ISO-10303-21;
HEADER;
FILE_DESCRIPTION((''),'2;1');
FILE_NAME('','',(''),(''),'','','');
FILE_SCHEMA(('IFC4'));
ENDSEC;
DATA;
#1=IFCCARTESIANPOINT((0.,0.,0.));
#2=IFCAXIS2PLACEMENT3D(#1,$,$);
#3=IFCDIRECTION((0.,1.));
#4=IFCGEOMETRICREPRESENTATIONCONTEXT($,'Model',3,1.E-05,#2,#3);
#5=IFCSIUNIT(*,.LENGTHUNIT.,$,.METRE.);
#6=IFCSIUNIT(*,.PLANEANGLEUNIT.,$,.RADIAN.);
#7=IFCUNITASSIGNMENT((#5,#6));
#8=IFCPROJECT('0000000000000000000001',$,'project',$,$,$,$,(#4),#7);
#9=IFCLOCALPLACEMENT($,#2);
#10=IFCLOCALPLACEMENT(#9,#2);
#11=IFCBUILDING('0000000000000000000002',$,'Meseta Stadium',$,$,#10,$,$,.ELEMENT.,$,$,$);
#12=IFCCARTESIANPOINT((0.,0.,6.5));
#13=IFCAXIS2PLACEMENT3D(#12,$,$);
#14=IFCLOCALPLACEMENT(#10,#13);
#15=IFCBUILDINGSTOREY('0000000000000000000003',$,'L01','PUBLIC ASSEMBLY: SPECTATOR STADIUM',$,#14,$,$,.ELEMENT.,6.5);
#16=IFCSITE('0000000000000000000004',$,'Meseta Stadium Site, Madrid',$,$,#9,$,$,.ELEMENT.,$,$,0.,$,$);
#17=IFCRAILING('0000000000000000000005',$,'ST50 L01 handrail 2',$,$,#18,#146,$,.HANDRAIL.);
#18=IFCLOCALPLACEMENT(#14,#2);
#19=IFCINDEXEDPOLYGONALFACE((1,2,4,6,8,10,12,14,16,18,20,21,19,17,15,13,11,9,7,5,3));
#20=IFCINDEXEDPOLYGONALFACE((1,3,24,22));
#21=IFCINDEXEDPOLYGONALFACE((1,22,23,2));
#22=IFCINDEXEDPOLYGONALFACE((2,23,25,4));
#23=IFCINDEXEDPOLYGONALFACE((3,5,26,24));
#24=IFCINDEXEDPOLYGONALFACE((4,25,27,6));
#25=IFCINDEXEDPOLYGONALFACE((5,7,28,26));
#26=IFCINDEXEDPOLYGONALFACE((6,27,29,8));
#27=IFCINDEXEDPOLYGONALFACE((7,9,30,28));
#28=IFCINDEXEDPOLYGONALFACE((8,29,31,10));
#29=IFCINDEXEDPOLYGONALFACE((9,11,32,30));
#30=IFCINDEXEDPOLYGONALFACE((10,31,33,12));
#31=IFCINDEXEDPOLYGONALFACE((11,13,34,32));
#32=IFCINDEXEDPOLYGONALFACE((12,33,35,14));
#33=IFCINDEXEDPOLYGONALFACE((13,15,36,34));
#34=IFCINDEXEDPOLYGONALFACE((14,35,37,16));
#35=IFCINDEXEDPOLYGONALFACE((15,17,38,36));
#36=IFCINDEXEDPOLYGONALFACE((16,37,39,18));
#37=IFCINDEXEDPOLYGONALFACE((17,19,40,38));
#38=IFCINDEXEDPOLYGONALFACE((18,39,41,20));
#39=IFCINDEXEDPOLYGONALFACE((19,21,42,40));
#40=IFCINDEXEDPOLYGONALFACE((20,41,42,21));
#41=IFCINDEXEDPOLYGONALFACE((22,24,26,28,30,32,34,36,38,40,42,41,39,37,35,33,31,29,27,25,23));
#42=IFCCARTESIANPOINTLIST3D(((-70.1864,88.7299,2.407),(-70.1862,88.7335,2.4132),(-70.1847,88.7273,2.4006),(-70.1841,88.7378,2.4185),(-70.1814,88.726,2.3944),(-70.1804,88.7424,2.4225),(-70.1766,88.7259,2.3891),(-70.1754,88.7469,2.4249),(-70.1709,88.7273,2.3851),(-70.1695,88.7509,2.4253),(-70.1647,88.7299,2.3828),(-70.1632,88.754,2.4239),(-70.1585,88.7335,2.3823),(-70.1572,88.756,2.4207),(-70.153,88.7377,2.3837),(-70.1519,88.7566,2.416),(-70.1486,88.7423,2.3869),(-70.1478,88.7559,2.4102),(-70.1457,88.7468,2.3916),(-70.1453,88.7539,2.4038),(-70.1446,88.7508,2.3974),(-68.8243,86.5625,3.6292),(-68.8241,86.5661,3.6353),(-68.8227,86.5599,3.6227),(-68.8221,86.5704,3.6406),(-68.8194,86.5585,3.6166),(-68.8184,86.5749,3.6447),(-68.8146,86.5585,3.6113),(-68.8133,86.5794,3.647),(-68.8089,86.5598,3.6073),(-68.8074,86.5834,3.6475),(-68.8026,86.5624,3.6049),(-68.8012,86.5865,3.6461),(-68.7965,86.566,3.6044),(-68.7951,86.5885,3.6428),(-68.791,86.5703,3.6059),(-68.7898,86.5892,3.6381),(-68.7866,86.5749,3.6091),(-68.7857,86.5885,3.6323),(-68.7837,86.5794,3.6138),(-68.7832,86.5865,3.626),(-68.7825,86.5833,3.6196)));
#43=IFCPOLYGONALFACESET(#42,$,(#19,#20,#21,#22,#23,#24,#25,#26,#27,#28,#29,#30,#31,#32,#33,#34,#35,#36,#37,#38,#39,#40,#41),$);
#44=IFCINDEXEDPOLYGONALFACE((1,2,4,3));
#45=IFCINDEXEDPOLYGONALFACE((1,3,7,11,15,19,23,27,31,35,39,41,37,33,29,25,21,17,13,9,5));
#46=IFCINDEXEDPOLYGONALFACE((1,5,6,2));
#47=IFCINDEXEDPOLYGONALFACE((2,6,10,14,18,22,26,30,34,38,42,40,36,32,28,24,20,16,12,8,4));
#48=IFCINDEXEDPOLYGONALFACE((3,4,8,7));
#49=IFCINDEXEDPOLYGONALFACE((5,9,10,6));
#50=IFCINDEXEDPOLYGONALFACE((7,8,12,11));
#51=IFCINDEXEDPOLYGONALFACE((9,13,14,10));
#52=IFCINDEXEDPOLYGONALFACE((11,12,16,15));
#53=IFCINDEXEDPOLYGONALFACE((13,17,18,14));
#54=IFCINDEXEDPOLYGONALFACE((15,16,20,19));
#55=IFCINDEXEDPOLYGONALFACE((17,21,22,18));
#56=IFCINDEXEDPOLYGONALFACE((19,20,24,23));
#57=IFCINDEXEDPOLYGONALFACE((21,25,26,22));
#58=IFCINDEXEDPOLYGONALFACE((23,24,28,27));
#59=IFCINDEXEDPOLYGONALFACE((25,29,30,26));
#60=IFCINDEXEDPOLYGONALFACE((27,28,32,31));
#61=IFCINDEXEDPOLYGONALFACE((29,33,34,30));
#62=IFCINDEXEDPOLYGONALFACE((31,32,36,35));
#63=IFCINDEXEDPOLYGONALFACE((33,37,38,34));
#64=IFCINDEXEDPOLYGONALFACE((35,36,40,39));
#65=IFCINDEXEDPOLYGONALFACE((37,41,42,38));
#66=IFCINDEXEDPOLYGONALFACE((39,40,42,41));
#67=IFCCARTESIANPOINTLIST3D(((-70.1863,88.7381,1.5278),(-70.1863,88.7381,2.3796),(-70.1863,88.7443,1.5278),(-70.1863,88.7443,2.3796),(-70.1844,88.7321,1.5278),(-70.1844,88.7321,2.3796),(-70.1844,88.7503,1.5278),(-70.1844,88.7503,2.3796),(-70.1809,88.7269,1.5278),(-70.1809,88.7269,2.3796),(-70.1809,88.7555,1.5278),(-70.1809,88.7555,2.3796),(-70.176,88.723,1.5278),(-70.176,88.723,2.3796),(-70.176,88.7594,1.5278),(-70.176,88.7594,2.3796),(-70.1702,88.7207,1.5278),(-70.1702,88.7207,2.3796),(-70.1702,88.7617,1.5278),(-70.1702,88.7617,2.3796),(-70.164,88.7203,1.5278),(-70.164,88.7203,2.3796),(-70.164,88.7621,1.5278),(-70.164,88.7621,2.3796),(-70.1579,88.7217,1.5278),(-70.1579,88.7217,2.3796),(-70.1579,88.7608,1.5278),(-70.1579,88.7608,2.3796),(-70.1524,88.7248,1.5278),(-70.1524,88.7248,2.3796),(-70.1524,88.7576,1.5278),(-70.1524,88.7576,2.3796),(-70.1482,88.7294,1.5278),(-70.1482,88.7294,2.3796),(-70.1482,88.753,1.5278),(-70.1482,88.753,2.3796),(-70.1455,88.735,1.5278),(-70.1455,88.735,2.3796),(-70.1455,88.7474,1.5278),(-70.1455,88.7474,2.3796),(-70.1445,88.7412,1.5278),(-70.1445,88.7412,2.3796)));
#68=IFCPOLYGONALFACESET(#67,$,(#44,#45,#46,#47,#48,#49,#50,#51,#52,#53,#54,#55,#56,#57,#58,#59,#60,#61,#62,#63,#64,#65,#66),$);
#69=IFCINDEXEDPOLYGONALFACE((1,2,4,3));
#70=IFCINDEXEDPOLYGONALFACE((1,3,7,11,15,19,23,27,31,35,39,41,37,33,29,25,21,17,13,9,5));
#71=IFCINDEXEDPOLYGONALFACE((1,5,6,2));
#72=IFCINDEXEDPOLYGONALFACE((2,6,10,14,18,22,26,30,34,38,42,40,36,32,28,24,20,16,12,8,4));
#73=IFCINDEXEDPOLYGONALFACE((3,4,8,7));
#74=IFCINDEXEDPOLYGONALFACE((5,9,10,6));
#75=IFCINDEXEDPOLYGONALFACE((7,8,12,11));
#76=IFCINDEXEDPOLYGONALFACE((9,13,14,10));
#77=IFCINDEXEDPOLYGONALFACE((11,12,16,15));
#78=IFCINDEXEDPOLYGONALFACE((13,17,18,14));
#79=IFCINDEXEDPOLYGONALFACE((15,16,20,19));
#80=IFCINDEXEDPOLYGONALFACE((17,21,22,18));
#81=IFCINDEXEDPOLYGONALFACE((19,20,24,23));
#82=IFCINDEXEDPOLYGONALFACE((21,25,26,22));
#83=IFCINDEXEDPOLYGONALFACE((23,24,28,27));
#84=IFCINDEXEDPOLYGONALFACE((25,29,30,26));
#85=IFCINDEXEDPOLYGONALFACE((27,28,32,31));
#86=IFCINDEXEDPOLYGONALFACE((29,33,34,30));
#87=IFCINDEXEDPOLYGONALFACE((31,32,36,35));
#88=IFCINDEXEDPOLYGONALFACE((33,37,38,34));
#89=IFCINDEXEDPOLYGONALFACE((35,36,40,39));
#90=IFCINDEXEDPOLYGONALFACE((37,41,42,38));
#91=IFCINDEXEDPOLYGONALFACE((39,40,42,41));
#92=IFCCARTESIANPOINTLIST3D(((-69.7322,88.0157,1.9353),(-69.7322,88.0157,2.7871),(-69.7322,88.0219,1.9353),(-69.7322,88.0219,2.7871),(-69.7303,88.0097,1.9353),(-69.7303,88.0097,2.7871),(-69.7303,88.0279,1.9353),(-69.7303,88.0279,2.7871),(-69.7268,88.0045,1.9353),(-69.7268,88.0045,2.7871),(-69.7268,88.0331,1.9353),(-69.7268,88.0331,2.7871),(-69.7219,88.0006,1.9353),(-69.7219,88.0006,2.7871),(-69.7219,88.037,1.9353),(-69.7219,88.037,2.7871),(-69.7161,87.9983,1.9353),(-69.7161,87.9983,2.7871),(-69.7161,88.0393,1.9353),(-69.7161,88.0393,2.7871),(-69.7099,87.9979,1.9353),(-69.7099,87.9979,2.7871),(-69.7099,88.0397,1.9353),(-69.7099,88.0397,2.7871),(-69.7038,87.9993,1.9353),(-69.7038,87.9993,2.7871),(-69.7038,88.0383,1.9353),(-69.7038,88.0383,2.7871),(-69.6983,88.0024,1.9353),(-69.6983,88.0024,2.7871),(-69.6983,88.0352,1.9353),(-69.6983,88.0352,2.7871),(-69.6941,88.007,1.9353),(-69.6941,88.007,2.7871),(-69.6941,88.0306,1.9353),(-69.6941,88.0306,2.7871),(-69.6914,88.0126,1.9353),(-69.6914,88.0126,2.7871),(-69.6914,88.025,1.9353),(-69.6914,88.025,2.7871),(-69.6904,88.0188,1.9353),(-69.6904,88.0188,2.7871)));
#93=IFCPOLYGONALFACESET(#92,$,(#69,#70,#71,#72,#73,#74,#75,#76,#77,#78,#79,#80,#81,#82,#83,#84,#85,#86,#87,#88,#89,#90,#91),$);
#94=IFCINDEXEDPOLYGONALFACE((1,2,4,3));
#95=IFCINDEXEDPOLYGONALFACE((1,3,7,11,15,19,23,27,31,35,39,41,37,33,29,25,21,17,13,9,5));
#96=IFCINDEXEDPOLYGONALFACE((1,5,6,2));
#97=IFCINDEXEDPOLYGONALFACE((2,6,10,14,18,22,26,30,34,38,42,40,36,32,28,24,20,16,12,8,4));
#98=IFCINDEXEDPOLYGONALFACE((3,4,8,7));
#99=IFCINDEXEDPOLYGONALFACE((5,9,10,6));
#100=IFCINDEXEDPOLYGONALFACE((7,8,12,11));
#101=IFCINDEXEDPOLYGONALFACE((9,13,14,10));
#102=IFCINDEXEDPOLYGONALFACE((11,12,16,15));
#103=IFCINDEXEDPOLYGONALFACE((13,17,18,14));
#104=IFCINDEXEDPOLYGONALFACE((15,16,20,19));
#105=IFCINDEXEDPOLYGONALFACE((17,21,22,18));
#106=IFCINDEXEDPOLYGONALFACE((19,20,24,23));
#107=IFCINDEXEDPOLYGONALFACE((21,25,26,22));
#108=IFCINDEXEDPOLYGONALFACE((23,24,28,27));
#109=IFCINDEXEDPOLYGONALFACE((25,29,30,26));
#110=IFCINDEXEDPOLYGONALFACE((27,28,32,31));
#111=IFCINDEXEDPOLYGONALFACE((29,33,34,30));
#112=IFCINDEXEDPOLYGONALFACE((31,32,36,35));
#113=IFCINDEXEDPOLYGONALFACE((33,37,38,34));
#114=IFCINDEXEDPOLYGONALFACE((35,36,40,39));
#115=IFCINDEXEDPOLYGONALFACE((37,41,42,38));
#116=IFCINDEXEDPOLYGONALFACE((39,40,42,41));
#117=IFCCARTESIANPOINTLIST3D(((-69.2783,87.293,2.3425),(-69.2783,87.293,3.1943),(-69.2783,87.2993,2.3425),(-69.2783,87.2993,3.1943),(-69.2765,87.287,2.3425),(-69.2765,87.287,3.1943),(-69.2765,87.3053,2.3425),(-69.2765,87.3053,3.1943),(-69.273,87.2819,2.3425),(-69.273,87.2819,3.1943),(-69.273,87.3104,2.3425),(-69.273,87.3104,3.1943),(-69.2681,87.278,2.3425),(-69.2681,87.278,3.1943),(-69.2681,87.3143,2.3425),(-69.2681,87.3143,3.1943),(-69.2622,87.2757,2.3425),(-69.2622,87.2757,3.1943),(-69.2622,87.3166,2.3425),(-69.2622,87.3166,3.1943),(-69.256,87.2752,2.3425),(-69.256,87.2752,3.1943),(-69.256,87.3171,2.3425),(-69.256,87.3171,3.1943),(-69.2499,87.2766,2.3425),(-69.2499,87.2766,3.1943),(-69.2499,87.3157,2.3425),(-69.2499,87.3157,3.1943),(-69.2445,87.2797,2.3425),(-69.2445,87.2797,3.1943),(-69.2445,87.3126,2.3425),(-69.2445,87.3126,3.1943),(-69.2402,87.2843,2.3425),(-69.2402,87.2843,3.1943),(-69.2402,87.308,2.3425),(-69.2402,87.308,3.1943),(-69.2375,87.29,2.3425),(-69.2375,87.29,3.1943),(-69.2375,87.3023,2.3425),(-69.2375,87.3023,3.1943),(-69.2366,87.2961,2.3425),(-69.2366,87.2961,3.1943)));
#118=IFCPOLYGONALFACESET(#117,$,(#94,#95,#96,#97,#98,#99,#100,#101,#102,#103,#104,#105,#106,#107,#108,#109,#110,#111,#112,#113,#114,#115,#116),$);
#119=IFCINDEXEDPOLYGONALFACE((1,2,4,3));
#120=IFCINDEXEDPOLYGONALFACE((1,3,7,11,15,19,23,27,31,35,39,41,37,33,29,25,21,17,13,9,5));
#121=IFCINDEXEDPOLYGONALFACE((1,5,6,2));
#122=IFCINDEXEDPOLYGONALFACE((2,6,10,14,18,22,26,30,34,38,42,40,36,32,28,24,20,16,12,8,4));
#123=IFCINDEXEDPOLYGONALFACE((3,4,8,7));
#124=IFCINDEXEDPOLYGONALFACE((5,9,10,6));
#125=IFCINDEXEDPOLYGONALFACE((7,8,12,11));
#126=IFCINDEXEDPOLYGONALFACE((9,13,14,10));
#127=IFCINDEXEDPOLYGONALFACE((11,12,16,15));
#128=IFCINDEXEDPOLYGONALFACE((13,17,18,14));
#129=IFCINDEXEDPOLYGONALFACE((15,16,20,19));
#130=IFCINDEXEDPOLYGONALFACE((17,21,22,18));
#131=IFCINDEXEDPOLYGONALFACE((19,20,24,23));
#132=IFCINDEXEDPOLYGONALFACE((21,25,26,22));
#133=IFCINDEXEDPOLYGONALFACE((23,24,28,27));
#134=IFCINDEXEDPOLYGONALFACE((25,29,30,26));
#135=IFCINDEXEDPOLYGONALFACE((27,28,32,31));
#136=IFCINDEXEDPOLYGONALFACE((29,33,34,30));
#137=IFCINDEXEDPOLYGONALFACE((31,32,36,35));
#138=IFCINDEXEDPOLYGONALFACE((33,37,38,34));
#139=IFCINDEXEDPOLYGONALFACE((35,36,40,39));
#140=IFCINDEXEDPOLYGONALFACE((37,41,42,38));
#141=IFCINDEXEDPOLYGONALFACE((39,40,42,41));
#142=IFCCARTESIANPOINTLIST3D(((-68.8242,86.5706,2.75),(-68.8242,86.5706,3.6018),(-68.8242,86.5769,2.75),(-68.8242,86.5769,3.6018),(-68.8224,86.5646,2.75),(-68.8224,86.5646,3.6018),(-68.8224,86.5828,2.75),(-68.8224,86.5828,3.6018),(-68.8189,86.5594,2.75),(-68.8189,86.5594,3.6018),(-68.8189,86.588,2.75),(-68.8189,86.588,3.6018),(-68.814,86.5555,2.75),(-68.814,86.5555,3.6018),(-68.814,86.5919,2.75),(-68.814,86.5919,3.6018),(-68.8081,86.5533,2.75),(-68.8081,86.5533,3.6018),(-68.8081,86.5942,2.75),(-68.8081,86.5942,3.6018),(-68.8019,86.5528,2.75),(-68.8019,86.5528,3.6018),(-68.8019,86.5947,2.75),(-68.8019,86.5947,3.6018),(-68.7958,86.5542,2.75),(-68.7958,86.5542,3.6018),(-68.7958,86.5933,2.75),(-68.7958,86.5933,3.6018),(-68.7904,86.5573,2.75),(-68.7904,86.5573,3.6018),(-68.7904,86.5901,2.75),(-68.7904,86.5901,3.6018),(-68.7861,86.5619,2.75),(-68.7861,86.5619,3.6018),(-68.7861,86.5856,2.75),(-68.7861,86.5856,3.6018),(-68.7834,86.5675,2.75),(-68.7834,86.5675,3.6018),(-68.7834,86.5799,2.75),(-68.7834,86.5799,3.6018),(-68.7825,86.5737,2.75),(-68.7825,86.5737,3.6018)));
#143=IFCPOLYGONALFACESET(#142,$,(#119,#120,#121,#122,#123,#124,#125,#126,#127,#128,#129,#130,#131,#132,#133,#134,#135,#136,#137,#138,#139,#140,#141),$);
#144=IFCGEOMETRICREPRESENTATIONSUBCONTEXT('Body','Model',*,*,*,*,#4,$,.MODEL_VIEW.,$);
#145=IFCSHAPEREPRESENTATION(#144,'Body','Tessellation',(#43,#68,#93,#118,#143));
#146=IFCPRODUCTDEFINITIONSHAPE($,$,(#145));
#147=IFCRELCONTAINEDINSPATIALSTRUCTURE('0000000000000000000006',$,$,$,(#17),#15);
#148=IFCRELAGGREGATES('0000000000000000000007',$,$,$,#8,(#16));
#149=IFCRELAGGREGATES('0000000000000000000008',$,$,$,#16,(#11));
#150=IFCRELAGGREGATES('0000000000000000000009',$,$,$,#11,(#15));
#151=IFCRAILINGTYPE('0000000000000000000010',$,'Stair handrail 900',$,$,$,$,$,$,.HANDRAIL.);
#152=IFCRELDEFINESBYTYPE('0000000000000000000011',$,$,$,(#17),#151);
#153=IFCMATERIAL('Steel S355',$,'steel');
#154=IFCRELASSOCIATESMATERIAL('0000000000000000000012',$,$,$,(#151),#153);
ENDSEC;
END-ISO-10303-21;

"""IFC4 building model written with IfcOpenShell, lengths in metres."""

from ifc_helpers import new_model, si_unit, direction, frame, origin, origin_2d, place, context, subcontext, project, spatial, circle, extrude, material, type_object, element, save


model = new_model("IFC4")

# Units and contexts
model_context = context("Model", 3, precision=1e-05, world=origin(), true_north=direction((0.0, 1.0)))
body_context = subcontext(model_context, "Body", "Model", "MODEL_VIEW")
ifc_project = project(units=[si_unit("LENGTHUNIT", "METRE"), si_unit("PLANEANGLEUNIT", "RADIAN")], contexts=[model_context])

# Site, building, storey
site_placement = place(None, origin())
site = spatial("IfcSite", under=ifc_project, at=site_placement, Name="Meseta Stadium Site, Madrid", CompositionType="ELEMENT", RefElevation=0.0)
building_placement = place(site_placement, origin())
building = spatial("IfcBuilding", under=site, at=building_placement, Name="Meseta Stadium", CompositionType="ELEMENT")
storey_placement = place(building_placement, frame((0.0, 0.0, 6.5)))
storey = spatial("IfcBuildingStorey", under=building, at=storey_placement, Name="L01", Description="PUBLIC ASSEMBLY: SPECTATOR STADIUM", CompositionType="ELEMENT", Elevation=6.5)

# Railing
ifc_material_1 = material(Name="Steel S355", Category="steel")
railing_type_1 = type_object("IfcRailingType", Name="Stair handrail 900", PredefinedType="HANDRAIL", material=ifc_material_1)
for number, where, name in (
    (1, (-70.1655, 88.7412, 1.5278), "ST50 L01 handrail 2"),
):
    element("IfcRailing", number, at=place(storey_placement, frame(where)), inside=storey, type_object=railing_type_1, Name=name, PredefinedType="HANDRAIL", context=body_context, shape_type="SweptSolid", body=[
        extrude(circle(Radius=0.0239, at=origin_2d()), frame((0.0, 0.0, 0.876), z_axis=(0.480156, -0.764085, 0.430841), x_axis=(0.846699, 0.532072, 0.0)), (0.0, 0.0, 1.0), 2.8367),
        extrude(circle(Radius=0.021, at=origin_2d()), origin(), (0.0, 0.0, 1.0), 0.8518),
        extrude(circle(Radius=0.021, at=origin_2d()), frame((0.4541, -0.7224, 0.4075)), (0.0, 0.0, 1.0), 0.8518),
        extrude(circle(Radius=0.021, at=origin_2d()), frame((0.908, -1.4451, 0.8147)), (0.0, 0.0, 1.0), 0.8518),
        extrude(circle(Radius=0.021, at=origin_2d()), frame((1.3621, -2.1675, 1.2222)), (0.0, 0.0, 1.0), 0.8518),
    ])

save(model, "model.ifc")
